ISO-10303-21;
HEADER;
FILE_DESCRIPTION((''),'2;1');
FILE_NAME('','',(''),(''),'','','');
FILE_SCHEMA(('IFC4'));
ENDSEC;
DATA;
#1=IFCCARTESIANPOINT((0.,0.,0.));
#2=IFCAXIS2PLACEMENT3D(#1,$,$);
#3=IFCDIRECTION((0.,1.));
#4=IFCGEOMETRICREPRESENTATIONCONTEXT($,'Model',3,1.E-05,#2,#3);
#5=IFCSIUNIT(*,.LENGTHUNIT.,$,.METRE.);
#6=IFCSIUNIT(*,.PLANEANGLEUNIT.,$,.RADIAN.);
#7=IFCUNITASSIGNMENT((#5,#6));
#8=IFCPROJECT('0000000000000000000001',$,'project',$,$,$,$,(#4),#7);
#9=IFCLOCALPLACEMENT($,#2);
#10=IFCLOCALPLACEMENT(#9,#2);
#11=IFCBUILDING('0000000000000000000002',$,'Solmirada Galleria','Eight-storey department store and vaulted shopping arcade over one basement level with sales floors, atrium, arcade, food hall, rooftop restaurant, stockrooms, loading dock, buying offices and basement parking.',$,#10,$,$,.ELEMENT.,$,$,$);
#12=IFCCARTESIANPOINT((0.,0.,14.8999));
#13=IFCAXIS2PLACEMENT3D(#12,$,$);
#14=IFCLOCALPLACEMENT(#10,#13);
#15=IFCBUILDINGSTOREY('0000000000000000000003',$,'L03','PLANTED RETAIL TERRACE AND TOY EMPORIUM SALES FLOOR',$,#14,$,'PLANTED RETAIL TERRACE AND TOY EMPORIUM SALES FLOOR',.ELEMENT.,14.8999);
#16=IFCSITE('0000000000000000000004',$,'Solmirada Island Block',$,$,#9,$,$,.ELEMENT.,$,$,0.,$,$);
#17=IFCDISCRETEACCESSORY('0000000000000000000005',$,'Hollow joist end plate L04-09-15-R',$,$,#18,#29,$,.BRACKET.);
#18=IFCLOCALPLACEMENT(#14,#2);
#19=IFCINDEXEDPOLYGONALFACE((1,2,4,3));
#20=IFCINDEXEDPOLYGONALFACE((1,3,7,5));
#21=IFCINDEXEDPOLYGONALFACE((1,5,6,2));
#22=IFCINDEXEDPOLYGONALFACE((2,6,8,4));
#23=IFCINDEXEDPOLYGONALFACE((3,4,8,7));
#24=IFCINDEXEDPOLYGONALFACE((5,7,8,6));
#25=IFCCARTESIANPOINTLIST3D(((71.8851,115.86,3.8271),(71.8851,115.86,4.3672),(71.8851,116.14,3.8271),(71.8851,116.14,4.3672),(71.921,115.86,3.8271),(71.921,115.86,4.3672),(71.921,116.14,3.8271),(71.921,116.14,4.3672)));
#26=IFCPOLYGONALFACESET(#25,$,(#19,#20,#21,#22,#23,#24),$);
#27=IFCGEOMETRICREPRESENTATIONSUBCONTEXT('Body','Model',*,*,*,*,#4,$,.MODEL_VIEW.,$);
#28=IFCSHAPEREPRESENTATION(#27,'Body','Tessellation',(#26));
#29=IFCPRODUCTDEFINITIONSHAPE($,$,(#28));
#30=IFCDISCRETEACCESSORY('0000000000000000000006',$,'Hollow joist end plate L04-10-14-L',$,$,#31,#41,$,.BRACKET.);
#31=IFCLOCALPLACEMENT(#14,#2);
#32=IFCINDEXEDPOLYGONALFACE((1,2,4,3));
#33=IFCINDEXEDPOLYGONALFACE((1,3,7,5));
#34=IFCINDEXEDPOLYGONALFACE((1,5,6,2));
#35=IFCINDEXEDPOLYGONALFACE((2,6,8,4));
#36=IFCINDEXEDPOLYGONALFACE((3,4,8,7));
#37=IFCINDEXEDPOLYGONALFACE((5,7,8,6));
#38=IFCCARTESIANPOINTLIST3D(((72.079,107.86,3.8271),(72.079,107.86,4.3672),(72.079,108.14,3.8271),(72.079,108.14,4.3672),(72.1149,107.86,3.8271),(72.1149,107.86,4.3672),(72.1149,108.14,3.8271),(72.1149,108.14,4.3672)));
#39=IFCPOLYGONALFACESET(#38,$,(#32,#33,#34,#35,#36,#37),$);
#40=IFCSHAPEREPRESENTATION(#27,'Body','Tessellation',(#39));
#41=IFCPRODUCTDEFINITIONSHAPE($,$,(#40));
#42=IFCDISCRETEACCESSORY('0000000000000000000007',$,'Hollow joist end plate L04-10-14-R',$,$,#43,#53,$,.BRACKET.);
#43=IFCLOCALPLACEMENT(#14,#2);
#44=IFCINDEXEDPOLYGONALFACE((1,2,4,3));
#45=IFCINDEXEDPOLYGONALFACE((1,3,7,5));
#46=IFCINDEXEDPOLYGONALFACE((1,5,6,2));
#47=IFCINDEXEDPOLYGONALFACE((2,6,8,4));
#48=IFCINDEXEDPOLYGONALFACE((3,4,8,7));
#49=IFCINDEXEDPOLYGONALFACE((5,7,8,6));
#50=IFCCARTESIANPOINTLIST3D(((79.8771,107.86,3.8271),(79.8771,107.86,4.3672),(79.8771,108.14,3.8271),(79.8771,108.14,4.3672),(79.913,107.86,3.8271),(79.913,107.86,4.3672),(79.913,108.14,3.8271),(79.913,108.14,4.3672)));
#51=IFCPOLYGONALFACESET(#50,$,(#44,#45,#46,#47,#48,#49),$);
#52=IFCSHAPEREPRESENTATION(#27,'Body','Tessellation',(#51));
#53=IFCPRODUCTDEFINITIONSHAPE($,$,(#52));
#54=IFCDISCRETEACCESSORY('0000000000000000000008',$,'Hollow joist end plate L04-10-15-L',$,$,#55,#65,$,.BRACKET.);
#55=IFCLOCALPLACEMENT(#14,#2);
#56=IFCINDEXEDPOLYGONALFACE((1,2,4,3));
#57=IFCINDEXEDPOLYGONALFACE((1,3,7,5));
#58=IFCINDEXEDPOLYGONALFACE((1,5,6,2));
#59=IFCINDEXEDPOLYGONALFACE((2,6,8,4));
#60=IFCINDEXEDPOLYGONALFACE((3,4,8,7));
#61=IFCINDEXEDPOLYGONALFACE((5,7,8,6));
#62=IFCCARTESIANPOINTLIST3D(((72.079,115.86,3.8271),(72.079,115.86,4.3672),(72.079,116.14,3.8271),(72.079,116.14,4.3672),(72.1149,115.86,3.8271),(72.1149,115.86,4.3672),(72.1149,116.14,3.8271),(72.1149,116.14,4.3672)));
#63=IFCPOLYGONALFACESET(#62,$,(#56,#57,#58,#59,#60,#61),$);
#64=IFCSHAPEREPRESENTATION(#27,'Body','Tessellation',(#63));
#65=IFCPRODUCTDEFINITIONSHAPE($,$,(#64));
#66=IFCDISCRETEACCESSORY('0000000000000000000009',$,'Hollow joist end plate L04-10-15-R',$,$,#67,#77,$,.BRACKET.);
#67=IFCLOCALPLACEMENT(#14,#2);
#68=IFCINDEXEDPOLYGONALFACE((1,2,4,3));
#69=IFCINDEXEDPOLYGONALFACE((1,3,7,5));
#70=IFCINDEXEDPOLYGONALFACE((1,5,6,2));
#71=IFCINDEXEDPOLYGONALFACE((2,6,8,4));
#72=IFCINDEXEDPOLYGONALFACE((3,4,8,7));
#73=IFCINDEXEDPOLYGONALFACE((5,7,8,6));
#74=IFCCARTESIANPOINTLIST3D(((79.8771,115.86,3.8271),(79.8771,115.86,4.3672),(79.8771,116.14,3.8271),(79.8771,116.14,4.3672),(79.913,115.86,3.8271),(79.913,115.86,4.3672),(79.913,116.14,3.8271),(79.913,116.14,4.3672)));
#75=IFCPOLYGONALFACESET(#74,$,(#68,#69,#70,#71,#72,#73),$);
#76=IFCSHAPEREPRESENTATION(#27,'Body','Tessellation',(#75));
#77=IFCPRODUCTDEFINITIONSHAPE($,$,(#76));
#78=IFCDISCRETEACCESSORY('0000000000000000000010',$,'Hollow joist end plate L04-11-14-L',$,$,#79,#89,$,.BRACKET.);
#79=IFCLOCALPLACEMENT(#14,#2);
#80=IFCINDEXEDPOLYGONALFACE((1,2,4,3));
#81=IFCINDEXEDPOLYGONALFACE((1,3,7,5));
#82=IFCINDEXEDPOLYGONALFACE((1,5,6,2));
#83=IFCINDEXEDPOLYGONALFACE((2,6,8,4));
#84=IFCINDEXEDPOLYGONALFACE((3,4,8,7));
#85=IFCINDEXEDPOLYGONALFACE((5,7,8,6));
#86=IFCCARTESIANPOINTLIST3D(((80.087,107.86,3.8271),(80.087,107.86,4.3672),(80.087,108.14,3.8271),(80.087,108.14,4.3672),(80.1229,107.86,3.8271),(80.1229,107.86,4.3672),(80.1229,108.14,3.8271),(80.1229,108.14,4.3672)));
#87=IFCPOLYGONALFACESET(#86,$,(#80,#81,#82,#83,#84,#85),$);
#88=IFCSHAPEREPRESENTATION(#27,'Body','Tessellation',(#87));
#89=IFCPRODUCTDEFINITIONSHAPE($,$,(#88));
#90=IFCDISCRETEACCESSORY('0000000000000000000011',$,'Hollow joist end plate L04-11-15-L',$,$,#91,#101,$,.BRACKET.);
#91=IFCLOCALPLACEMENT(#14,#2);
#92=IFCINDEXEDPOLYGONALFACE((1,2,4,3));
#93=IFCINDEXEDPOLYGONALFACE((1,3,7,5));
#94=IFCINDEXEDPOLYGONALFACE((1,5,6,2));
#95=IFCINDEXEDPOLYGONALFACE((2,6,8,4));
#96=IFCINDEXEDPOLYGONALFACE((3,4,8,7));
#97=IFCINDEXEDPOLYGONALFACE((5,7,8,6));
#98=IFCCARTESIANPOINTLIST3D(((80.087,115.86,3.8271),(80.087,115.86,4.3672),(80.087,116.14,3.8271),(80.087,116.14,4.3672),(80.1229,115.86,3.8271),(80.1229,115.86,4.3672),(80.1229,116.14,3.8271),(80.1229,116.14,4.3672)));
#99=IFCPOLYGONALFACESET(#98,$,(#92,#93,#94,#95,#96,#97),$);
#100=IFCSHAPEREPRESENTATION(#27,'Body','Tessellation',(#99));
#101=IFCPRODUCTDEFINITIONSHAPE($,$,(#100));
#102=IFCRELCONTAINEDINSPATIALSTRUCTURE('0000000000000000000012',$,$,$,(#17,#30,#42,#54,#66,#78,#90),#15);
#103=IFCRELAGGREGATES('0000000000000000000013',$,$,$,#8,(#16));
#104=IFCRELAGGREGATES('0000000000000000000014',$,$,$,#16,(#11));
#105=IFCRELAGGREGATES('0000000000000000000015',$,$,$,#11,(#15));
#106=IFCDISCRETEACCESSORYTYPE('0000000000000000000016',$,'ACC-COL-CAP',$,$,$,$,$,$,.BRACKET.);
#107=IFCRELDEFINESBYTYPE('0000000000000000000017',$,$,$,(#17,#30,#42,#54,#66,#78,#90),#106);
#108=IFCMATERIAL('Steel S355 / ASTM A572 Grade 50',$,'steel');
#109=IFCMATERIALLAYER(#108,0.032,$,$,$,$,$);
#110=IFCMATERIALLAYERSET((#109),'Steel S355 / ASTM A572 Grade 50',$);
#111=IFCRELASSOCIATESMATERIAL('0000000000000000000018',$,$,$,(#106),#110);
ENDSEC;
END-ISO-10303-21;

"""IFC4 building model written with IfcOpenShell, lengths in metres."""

from ifc_helpers import new_model, si_unit, direction, frame, origin, origin_2d, place, context, subcontext, project, spatial, rectangle, extrude, material, layer, layer_set, type_object, element, save


model = new_model("IFC4")

# Units and contexts
model_context = context("Model", 3, precision=1e-05, world=origin(), true_north=direction((0.0, 1.0)))
body_context = subcontext(model_context, "Body", "Model", "MODEL_VIEW")
ifc_project = project(units=[si_unit("LENGTHUNIT", "METRE"), si_unit("PLANEANGLEUNIT", "RADIAN")], contexts=[model_context])

# Site, building, storey
site_placement = place(None, origin())
site = spatial("IfcSite", under=ifc_project, at=site_placement, Name="Solmirada Island Block", CompositionType="ELEMENT", RefElevation=0.0)
building_placement = place(site_placement, origin())
building = spatial("IfcBuilding", under=site, at=building_placement, Name="Solmirada Galleria", Description="Eight-storey department store and vaulted shopping arcade over one basement level with sales floors, atrium, arcade, food hall, rooftop restaurant, stockrooms, loading dock, buying offices and basement parking.", CompositionType="ELEMENT")
storey_placement = place(building_placement, frame((0.0, 0.0, 14.8999)))
storey = spatial("IfcBuildingStorey", under=building, at=storey_placement, Name="L03", Description="PLANTED RETAIL TERRACE AND TOY EMPORIUM SALES FLOOR", LongName="PLANTED RETAIL TERRACE AND TOY EMPORIUM SALES FLOOR", CompositionType="ELEMENT", Elevation=14.8999)

# Discrete accessories
ifc_material_1 = material(Name="Steel S355 / ASTM A572 Grade 50", Category="steel")
ifc_layer_1 = layer(ifc_material_1, 0.032)
ifc_layer_set_1 = layer_set([ifc_layer_1], Name="Steel S355 / ASTM A572 Grade 50")
discrete_accessory_type = type_object("IfcDiscreteAccessoryType", Name="ACC-COL-CAP", PredefinedType="BRACKET", material=ifc_layer_set_1)
for number, where, z_axis, x_axis, name in (
    (1, (71.9031, 116.0, 3.8271), (0.0, 0.0, 1.0), (1.0, 0.0, 0.0), "Hollow joist end plate L04-09-15-R"),
    (2, (72.0969, 108.0, 3.8271), (0.0, 0.0, 1.0), (1.0, 0.0, 0.0), "Hollow joist end plate L04-10-14-L"),
    (3, (79.895, 108.0, 3.8271), (0.0, 0.0, 1.0), (1.0, 0.0, 0.0), "Hollow joist end plate L04-10-14-R"),
    (4, (72.0969, 116.0, 3.8271), (0.0, 0.0, 1.0), (1.0, 0.0, 0.0), "Hollow joist end plate L04-10-15-L"),
    (5, (79.895, 116.0, 3.8271), (0.0, 0.0, 1.0), (1.0, 0.0, 0.0), "Hollow joist end plate L04-10-15-R"),
    (6, (80.105, 108.0, 3.8271), (0.0, 0.0, 1.0), (1.0, 0.0, 0.0), "Hollow joist end plate L04-11-14-L"),
    (7, (80.105, 116.0, 3.8271), (0.0, 0.0, 1.0), (1.0, 0.0, 0.0), "Hollow joist end plate L04-11-15-L"),
):
    element("IfcDiscreteAccessory", number, at=place(storey_placement, frame(where, z_axis=z_axis, x_axis=x_axis)), inside=storey, type_object=discrete_accessory_type, Name=name, PredefinedType="BRACKET", context=body_context, shape_type="SweptSolid", body=[
        extrude(rectangle(XDim=0.0359, YDim=0.28, at=origin_2d()), origin(), (0.0, 0.0, 1.0), 0.54),
    ])

save(model, "model.ifc")
